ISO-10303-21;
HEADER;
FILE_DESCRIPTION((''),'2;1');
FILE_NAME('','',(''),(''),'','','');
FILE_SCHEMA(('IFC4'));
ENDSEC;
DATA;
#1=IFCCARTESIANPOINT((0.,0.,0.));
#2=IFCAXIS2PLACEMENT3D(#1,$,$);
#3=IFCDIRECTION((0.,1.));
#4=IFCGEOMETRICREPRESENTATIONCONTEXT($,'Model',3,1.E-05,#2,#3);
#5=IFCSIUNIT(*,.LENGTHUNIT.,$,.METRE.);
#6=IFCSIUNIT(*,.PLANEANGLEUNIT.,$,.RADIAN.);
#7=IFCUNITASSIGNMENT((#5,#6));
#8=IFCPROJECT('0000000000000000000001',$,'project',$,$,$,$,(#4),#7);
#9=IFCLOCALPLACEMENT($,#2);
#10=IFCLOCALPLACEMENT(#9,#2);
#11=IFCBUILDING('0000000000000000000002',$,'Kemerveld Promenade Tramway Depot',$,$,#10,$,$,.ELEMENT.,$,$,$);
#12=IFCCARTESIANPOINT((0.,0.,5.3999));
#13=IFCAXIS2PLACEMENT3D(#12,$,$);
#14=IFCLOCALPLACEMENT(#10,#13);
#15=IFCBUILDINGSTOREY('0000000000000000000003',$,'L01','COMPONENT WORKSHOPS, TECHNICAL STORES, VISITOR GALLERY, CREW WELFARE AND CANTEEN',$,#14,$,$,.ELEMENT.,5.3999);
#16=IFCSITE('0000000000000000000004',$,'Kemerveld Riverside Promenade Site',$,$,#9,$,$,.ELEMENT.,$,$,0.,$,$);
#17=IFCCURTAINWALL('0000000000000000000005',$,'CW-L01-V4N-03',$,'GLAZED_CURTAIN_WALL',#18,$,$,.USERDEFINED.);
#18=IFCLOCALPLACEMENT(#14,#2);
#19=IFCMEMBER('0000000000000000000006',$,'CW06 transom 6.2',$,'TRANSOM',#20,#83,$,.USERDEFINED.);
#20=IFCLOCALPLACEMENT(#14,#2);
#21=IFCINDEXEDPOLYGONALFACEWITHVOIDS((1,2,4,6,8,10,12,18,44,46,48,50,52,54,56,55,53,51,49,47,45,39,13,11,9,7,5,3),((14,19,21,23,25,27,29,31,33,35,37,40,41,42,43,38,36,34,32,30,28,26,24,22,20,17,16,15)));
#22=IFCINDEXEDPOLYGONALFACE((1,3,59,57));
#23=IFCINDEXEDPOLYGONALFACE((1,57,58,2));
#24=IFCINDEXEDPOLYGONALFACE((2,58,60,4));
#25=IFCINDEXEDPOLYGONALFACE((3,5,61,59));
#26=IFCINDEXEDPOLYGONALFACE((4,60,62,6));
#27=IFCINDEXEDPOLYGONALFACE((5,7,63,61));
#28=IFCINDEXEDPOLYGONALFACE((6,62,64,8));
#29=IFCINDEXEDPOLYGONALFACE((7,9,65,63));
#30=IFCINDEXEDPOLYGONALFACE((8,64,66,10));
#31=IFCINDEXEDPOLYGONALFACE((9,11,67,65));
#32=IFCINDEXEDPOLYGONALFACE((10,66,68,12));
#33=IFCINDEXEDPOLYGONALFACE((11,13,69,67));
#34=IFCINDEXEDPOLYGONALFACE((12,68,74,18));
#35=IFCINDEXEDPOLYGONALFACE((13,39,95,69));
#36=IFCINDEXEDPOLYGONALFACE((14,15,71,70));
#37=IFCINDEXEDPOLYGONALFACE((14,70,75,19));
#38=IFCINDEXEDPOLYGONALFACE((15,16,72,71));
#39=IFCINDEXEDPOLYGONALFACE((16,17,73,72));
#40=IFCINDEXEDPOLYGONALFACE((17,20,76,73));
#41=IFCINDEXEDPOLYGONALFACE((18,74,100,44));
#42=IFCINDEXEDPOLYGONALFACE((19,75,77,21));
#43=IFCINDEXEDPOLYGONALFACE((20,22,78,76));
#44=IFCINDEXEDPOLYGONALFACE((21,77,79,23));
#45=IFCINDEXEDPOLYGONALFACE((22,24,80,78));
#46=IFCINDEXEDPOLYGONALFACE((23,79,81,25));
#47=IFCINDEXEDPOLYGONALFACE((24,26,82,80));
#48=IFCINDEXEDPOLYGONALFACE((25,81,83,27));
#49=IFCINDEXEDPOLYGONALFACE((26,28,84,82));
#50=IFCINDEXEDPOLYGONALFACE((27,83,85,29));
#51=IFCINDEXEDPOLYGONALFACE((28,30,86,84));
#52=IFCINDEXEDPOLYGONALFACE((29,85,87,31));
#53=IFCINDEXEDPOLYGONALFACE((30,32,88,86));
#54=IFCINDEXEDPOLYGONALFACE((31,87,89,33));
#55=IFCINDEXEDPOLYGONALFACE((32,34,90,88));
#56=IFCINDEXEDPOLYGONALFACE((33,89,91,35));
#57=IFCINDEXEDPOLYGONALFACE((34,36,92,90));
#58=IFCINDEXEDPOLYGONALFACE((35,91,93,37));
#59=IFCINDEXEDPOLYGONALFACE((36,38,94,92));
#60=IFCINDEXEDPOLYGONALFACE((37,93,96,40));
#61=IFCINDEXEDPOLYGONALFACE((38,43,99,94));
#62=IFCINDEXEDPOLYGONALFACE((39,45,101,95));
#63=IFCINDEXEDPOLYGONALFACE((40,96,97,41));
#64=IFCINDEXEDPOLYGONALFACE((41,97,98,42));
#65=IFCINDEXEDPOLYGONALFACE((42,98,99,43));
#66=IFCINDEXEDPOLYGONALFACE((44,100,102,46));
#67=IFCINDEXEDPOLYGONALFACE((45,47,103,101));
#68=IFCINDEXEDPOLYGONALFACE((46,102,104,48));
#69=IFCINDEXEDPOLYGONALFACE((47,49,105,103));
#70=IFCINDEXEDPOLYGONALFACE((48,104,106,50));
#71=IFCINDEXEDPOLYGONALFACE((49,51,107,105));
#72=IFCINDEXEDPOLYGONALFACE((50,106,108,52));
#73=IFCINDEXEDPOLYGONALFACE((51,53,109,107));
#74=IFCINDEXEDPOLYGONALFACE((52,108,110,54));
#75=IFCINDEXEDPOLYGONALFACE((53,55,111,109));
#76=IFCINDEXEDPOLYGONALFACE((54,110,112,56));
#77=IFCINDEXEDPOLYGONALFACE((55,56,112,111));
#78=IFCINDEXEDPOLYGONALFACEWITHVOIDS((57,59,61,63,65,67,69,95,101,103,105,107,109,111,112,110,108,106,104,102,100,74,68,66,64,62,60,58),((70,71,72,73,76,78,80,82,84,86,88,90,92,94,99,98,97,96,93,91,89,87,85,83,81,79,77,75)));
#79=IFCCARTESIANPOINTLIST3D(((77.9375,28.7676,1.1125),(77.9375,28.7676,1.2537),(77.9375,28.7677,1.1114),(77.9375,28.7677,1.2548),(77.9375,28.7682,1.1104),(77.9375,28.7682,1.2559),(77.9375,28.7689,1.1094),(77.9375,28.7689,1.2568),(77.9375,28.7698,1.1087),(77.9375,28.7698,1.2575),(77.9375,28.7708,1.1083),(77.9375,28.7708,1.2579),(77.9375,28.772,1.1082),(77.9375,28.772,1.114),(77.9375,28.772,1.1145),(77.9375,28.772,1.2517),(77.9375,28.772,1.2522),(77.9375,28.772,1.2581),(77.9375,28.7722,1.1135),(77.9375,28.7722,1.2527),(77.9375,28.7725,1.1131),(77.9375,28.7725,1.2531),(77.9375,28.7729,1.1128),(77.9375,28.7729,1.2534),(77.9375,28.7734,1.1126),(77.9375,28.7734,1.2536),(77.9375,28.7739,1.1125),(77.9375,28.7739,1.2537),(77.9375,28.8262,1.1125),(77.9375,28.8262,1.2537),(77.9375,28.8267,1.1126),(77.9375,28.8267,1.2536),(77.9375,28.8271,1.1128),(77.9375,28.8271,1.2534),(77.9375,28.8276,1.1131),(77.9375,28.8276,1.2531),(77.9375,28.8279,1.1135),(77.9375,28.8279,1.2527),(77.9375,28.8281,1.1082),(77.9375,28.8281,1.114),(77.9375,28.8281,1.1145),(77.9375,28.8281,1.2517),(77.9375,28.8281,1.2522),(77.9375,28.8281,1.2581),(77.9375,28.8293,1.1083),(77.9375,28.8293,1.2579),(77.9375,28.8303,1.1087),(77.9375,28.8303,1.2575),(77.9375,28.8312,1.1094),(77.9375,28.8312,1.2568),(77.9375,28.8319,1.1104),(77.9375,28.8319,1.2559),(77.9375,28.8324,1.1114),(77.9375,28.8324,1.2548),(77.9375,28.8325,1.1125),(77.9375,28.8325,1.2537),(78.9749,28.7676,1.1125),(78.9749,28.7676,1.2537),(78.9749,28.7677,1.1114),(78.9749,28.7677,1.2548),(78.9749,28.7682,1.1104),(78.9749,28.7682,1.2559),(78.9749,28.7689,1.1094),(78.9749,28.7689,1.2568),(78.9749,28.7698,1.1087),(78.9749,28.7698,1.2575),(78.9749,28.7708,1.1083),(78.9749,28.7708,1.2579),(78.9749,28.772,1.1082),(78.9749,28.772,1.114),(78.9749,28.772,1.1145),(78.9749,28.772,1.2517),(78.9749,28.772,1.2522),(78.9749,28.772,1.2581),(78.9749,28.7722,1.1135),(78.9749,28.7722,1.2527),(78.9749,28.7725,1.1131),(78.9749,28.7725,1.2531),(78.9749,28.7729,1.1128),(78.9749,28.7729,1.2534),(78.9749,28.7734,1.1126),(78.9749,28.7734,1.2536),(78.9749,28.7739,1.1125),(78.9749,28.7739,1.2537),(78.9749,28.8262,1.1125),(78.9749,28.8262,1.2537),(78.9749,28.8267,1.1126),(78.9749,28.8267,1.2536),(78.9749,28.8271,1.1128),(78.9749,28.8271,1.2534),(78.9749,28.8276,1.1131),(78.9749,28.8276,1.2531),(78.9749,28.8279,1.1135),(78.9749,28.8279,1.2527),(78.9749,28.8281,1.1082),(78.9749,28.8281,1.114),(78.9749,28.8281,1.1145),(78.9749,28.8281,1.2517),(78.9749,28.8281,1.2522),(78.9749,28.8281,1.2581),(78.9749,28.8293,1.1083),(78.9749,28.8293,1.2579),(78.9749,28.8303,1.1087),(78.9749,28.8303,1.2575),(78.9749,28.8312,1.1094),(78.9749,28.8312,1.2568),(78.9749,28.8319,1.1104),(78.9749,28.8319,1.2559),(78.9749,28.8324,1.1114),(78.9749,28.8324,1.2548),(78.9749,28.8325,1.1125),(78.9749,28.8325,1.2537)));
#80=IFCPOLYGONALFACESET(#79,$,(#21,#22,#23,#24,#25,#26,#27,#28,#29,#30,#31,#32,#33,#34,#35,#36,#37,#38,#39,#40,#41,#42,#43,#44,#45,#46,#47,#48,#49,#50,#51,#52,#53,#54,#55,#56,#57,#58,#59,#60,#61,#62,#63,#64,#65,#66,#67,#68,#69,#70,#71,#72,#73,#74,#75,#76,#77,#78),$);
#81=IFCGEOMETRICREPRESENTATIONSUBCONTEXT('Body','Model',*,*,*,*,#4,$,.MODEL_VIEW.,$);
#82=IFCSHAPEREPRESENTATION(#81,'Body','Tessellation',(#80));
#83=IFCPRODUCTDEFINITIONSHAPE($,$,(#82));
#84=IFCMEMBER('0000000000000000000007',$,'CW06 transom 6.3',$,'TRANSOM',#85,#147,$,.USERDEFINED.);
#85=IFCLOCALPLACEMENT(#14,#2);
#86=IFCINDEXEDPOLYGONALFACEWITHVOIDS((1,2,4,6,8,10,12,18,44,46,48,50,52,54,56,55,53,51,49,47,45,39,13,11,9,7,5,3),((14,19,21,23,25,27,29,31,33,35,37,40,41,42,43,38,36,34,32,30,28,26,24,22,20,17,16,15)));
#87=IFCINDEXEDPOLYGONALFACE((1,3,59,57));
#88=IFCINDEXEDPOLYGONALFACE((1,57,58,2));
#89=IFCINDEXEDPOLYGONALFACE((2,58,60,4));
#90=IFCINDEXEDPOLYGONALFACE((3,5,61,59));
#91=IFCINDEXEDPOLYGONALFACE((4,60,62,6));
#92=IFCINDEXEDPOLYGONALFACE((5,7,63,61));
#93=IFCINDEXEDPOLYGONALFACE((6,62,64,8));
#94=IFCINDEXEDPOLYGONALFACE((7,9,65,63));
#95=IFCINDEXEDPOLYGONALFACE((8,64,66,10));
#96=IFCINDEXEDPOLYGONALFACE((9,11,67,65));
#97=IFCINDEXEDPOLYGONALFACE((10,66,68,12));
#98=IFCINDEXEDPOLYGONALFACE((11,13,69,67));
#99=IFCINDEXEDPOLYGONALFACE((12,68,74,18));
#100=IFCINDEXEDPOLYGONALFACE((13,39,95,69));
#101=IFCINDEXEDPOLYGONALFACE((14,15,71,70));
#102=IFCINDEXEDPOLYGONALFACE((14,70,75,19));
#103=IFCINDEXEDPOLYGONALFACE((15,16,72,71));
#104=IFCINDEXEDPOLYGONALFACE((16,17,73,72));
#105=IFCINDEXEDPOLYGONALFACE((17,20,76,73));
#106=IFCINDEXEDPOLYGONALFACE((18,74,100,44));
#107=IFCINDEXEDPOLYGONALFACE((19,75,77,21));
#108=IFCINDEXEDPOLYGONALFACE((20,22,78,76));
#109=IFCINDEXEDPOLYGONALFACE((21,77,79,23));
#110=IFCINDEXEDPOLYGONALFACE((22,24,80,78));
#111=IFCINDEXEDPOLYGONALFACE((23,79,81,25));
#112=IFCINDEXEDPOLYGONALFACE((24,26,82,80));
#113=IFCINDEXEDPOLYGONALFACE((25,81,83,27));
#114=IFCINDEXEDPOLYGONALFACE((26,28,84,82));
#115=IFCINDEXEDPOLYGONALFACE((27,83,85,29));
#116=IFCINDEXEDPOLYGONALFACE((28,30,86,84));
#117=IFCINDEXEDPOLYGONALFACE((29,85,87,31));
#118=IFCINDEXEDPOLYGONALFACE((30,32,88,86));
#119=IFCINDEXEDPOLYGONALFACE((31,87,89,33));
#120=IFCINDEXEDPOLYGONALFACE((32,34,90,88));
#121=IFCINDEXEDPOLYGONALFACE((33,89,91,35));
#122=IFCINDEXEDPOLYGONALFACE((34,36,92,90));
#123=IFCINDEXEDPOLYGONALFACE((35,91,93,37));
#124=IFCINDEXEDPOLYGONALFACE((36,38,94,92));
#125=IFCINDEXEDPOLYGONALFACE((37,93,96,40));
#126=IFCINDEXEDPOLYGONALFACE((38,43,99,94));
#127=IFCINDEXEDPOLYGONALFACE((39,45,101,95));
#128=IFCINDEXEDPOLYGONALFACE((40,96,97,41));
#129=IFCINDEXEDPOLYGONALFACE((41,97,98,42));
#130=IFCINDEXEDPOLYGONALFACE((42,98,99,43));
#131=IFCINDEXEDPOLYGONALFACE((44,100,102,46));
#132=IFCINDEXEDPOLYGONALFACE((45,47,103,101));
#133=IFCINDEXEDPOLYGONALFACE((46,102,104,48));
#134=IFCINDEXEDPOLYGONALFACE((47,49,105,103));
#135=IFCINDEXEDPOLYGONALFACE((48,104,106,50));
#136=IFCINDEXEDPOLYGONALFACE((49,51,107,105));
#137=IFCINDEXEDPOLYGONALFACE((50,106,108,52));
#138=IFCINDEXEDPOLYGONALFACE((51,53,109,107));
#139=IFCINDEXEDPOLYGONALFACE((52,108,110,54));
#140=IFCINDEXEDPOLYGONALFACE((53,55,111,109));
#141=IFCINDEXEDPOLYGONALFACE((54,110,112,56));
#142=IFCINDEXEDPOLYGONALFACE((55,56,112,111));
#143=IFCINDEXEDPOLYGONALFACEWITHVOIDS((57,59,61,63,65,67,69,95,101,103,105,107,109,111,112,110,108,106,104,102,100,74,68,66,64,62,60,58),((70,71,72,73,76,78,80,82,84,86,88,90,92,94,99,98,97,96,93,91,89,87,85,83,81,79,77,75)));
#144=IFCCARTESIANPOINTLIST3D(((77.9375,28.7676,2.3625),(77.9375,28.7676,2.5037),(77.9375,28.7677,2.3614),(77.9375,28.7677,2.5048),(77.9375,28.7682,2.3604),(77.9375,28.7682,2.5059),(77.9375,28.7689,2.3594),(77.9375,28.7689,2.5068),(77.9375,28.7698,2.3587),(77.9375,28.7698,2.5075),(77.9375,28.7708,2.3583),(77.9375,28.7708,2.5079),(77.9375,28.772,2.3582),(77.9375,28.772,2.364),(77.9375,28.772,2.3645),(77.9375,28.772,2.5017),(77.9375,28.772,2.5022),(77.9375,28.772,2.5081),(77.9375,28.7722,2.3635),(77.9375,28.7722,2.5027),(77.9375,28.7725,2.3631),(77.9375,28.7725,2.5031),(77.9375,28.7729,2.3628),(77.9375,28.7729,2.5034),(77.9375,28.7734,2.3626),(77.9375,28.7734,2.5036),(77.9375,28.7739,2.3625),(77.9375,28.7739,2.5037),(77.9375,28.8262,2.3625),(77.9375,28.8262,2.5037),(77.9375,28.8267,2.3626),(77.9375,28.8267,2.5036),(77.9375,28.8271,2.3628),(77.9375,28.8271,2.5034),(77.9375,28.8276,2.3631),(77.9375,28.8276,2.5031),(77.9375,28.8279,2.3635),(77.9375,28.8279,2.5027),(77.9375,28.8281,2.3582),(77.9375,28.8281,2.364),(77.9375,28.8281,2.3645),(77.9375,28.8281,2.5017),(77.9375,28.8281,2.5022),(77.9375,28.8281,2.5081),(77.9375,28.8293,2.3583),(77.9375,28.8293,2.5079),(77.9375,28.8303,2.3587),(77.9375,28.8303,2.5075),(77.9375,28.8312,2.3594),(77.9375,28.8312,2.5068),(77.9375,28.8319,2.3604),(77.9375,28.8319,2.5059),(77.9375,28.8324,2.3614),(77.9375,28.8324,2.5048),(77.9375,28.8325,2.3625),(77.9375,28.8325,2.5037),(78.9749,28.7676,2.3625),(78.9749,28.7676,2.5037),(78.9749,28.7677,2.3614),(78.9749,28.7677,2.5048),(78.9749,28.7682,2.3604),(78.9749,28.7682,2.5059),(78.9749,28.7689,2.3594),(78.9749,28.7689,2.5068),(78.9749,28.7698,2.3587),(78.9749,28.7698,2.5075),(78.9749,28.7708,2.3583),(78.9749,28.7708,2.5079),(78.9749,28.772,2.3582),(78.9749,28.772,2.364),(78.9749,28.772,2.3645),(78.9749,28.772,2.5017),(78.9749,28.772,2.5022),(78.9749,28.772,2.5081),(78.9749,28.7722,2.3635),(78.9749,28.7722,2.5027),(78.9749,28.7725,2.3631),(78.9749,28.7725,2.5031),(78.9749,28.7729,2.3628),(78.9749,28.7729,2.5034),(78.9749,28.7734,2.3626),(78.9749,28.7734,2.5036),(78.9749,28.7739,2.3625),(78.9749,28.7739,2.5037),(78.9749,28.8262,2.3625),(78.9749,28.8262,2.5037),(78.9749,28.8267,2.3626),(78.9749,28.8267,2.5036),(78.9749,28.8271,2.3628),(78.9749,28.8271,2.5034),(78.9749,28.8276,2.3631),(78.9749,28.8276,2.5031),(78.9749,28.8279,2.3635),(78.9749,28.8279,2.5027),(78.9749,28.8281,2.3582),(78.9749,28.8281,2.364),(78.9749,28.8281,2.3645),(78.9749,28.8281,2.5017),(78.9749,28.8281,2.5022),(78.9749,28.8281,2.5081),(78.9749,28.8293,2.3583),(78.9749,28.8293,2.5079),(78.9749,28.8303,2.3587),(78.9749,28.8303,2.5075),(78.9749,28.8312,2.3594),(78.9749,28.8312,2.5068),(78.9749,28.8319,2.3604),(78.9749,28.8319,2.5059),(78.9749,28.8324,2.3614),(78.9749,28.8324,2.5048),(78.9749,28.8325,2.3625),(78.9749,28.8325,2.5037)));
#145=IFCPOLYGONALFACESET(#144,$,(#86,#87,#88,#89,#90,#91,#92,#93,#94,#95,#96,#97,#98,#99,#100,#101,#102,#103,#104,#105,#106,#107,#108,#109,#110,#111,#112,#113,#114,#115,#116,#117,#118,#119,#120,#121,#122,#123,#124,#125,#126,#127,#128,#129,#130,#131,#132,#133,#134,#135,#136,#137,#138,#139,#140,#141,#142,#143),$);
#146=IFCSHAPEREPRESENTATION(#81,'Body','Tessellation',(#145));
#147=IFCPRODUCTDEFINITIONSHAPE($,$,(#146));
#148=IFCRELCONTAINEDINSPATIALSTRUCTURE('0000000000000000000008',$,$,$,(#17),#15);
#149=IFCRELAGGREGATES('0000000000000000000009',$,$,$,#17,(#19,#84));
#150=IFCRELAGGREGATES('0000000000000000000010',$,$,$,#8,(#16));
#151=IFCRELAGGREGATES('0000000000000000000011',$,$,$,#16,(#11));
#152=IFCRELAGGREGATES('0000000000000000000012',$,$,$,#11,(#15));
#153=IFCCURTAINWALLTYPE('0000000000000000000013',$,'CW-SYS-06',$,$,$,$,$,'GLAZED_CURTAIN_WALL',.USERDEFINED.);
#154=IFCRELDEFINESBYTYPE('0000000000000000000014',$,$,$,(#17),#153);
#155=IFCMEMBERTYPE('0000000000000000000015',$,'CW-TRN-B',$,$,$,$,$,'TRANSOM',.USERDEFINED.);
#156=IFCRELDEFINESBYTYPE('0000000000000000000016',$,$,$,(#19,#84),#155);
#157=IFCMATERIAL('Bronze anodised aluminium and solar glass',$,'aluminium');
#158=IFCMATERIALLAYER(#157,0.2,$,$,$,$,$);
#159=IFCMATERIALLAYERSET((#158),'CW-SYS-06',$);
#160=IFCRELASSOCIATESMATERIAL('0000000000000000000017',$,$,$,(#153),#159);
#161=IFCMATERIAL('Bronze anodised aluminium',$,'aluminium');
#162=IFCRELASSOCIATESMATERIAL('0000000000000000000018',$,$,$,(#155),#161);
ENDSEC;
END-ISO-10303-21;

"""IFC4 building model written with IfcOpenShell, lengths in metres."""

from ifc_helpers import new_model, si_unit, direction, frame, origin, origin_2d, place, context, subcontext, project, spatial, hollow_rectangle, extrude, material, layer, layer_set, material_profile, profile_set, type_object, element, aggregate, save


model = new_model("IFC4")

# Units and contexts
model_context = context("Model", 3, precision=1e-05, world=origin(), true_north=direction((0.0, 1.0)))
body_context = subcontext(model_context, "Body", "Model", "MODEL_VIEW")
ifc_project = project(units=[si_unit("LENGTHUNIT", "METRE"), si_unit("PLANEANGLEUNIT", "RADIAN")], contexts=[model_context])

# Site, building, storey
site_placement = place(None, origin())
site = spatial("IfcSite", under=ifc_project, at=site_placement, Name="Kemerveld Riverside Promenade Site", CompositionType="ELEMENT", RefElevation=0.0)
building_placement = place(site_placement, origin())
building = spatial("IfcBuilding", under=site, at=building_placement, Name="Kemerveld Promenade Tramway Depot", CompositionType="ELEMENT")
storey_placement = place(building_placement, frame((0.0, 0.0, 5.3999)))
storey = spatial("IfcBuildingStorey", under=building, at=storey_placement, Name="L01", Description="COMPONENT WORKSHOPS, TECHNICAL STORES, VISITOR GALLERY, CREW WELFARE AND CANTEEN", CompositionType="ELEMENT", Elevation=5.3999)

# Curtain wall
ifc_material_1 = material(Name="Bronze anodised aluminium and solar glass", Category="aluminium")
ifc_layer_1 = layer(ifc_material_1, 0.2)
ifc_layer_set_1 = layer_set([ifc_layer_1], Name="CW-SYS-06")
curtain_wall_type_1 = type_object("IfcCurtainWallType", Name="CW-SYS-06", ElementType="GLAZED_CURTAIN_WALL", PredefinedType="USERDEFINED", material=ifc_layer_set_1)
curtain_wall_1_placement = place(storey_placement, origin())
curtain_wall_1 = element("IfcCurtainWall", 1, at=curtain_wall_1_placement, inside=storey, type_object=curtain_wall_type_1, Name="CW-L01-V4N-03", ObjectType="GLAZED_CURTAIN_WALL", PredefinedType="USERDEFINED")
ifc_material_2 = material(Name="Bronze anodised aluminium", Category="aluminium")

# Members
ifc_material_profile_1 = material_profile(ifc_material_2, hollow_rectangle(XDim=0.0649, YDim=0.1499, WallThickness=0.0044, InnerFilletRadius=0.002, OuterFilletRadius=0.0044, at=origin_2d()), Name="CW-TRN-150x65")
ifc_profile_set_1 = profile_set([ifc_material_profile_1], Name="Bronze anodised aluminium")
member_type_1 = type_object("IfcMemberType", Name="CW-TRN-B", ElementType="TRANSOM", PredefinedType="USERDEFINED", material=ifc_profile_set_1)
member_1_placement = place(storey_placement, frame((77.9375, 28.8, 1.1831), z_axis=(1.0, 0.0, 0.0), x_axis=(0.0, 1.0, 0.0)))
member_1 = element("IfcMember", 2, at=member_1_placement, type_object=member_type_1, Name="CW06 transom 6.2", ObjectType="TRANSOM", PredefinedType="USERDEFINED", context=body_context, shape_type="SweptSolid", body=[
    extrude(hollow_rectangle(XDim=0.0649, YDim=0.1499, WallThickness=0.0044, InnerFilletRadius=0.002, OuterFilletRadius=0.0044, at=origin_2d()), origin(), (0.0, 0.0, 1.0), 1.0374),
])
member_2_placement = place(storey_placement, frame((77.9375, 28.8, 2.4331), z_axis=(1.0, 0.0, 0.0), x_axis=(0.0, 1.0, 0.0)))
member_2 = element("IfcMember", 3, at=member_2_placement, type_object=member_type_1, Name="CW06 transom 6.3", ObjectType="TRANSOM", PredefinedType="USERDEFINED", context=body_context, shape_type="SweptSolid", body=[
    extrude(hollow_rectangle(XDim=0.0649, YDim=0.1499, WallThickness=0.0044, InnerFilletRadius=0.002, OuterFilletRadius=0.0044, at=origin_2d()), origin(), (0.0, 0.0, 1.0), 1.0374),
])

aggregate(curtain_wall_1, [member_1, member_2])

save(model, "model.ifc")
